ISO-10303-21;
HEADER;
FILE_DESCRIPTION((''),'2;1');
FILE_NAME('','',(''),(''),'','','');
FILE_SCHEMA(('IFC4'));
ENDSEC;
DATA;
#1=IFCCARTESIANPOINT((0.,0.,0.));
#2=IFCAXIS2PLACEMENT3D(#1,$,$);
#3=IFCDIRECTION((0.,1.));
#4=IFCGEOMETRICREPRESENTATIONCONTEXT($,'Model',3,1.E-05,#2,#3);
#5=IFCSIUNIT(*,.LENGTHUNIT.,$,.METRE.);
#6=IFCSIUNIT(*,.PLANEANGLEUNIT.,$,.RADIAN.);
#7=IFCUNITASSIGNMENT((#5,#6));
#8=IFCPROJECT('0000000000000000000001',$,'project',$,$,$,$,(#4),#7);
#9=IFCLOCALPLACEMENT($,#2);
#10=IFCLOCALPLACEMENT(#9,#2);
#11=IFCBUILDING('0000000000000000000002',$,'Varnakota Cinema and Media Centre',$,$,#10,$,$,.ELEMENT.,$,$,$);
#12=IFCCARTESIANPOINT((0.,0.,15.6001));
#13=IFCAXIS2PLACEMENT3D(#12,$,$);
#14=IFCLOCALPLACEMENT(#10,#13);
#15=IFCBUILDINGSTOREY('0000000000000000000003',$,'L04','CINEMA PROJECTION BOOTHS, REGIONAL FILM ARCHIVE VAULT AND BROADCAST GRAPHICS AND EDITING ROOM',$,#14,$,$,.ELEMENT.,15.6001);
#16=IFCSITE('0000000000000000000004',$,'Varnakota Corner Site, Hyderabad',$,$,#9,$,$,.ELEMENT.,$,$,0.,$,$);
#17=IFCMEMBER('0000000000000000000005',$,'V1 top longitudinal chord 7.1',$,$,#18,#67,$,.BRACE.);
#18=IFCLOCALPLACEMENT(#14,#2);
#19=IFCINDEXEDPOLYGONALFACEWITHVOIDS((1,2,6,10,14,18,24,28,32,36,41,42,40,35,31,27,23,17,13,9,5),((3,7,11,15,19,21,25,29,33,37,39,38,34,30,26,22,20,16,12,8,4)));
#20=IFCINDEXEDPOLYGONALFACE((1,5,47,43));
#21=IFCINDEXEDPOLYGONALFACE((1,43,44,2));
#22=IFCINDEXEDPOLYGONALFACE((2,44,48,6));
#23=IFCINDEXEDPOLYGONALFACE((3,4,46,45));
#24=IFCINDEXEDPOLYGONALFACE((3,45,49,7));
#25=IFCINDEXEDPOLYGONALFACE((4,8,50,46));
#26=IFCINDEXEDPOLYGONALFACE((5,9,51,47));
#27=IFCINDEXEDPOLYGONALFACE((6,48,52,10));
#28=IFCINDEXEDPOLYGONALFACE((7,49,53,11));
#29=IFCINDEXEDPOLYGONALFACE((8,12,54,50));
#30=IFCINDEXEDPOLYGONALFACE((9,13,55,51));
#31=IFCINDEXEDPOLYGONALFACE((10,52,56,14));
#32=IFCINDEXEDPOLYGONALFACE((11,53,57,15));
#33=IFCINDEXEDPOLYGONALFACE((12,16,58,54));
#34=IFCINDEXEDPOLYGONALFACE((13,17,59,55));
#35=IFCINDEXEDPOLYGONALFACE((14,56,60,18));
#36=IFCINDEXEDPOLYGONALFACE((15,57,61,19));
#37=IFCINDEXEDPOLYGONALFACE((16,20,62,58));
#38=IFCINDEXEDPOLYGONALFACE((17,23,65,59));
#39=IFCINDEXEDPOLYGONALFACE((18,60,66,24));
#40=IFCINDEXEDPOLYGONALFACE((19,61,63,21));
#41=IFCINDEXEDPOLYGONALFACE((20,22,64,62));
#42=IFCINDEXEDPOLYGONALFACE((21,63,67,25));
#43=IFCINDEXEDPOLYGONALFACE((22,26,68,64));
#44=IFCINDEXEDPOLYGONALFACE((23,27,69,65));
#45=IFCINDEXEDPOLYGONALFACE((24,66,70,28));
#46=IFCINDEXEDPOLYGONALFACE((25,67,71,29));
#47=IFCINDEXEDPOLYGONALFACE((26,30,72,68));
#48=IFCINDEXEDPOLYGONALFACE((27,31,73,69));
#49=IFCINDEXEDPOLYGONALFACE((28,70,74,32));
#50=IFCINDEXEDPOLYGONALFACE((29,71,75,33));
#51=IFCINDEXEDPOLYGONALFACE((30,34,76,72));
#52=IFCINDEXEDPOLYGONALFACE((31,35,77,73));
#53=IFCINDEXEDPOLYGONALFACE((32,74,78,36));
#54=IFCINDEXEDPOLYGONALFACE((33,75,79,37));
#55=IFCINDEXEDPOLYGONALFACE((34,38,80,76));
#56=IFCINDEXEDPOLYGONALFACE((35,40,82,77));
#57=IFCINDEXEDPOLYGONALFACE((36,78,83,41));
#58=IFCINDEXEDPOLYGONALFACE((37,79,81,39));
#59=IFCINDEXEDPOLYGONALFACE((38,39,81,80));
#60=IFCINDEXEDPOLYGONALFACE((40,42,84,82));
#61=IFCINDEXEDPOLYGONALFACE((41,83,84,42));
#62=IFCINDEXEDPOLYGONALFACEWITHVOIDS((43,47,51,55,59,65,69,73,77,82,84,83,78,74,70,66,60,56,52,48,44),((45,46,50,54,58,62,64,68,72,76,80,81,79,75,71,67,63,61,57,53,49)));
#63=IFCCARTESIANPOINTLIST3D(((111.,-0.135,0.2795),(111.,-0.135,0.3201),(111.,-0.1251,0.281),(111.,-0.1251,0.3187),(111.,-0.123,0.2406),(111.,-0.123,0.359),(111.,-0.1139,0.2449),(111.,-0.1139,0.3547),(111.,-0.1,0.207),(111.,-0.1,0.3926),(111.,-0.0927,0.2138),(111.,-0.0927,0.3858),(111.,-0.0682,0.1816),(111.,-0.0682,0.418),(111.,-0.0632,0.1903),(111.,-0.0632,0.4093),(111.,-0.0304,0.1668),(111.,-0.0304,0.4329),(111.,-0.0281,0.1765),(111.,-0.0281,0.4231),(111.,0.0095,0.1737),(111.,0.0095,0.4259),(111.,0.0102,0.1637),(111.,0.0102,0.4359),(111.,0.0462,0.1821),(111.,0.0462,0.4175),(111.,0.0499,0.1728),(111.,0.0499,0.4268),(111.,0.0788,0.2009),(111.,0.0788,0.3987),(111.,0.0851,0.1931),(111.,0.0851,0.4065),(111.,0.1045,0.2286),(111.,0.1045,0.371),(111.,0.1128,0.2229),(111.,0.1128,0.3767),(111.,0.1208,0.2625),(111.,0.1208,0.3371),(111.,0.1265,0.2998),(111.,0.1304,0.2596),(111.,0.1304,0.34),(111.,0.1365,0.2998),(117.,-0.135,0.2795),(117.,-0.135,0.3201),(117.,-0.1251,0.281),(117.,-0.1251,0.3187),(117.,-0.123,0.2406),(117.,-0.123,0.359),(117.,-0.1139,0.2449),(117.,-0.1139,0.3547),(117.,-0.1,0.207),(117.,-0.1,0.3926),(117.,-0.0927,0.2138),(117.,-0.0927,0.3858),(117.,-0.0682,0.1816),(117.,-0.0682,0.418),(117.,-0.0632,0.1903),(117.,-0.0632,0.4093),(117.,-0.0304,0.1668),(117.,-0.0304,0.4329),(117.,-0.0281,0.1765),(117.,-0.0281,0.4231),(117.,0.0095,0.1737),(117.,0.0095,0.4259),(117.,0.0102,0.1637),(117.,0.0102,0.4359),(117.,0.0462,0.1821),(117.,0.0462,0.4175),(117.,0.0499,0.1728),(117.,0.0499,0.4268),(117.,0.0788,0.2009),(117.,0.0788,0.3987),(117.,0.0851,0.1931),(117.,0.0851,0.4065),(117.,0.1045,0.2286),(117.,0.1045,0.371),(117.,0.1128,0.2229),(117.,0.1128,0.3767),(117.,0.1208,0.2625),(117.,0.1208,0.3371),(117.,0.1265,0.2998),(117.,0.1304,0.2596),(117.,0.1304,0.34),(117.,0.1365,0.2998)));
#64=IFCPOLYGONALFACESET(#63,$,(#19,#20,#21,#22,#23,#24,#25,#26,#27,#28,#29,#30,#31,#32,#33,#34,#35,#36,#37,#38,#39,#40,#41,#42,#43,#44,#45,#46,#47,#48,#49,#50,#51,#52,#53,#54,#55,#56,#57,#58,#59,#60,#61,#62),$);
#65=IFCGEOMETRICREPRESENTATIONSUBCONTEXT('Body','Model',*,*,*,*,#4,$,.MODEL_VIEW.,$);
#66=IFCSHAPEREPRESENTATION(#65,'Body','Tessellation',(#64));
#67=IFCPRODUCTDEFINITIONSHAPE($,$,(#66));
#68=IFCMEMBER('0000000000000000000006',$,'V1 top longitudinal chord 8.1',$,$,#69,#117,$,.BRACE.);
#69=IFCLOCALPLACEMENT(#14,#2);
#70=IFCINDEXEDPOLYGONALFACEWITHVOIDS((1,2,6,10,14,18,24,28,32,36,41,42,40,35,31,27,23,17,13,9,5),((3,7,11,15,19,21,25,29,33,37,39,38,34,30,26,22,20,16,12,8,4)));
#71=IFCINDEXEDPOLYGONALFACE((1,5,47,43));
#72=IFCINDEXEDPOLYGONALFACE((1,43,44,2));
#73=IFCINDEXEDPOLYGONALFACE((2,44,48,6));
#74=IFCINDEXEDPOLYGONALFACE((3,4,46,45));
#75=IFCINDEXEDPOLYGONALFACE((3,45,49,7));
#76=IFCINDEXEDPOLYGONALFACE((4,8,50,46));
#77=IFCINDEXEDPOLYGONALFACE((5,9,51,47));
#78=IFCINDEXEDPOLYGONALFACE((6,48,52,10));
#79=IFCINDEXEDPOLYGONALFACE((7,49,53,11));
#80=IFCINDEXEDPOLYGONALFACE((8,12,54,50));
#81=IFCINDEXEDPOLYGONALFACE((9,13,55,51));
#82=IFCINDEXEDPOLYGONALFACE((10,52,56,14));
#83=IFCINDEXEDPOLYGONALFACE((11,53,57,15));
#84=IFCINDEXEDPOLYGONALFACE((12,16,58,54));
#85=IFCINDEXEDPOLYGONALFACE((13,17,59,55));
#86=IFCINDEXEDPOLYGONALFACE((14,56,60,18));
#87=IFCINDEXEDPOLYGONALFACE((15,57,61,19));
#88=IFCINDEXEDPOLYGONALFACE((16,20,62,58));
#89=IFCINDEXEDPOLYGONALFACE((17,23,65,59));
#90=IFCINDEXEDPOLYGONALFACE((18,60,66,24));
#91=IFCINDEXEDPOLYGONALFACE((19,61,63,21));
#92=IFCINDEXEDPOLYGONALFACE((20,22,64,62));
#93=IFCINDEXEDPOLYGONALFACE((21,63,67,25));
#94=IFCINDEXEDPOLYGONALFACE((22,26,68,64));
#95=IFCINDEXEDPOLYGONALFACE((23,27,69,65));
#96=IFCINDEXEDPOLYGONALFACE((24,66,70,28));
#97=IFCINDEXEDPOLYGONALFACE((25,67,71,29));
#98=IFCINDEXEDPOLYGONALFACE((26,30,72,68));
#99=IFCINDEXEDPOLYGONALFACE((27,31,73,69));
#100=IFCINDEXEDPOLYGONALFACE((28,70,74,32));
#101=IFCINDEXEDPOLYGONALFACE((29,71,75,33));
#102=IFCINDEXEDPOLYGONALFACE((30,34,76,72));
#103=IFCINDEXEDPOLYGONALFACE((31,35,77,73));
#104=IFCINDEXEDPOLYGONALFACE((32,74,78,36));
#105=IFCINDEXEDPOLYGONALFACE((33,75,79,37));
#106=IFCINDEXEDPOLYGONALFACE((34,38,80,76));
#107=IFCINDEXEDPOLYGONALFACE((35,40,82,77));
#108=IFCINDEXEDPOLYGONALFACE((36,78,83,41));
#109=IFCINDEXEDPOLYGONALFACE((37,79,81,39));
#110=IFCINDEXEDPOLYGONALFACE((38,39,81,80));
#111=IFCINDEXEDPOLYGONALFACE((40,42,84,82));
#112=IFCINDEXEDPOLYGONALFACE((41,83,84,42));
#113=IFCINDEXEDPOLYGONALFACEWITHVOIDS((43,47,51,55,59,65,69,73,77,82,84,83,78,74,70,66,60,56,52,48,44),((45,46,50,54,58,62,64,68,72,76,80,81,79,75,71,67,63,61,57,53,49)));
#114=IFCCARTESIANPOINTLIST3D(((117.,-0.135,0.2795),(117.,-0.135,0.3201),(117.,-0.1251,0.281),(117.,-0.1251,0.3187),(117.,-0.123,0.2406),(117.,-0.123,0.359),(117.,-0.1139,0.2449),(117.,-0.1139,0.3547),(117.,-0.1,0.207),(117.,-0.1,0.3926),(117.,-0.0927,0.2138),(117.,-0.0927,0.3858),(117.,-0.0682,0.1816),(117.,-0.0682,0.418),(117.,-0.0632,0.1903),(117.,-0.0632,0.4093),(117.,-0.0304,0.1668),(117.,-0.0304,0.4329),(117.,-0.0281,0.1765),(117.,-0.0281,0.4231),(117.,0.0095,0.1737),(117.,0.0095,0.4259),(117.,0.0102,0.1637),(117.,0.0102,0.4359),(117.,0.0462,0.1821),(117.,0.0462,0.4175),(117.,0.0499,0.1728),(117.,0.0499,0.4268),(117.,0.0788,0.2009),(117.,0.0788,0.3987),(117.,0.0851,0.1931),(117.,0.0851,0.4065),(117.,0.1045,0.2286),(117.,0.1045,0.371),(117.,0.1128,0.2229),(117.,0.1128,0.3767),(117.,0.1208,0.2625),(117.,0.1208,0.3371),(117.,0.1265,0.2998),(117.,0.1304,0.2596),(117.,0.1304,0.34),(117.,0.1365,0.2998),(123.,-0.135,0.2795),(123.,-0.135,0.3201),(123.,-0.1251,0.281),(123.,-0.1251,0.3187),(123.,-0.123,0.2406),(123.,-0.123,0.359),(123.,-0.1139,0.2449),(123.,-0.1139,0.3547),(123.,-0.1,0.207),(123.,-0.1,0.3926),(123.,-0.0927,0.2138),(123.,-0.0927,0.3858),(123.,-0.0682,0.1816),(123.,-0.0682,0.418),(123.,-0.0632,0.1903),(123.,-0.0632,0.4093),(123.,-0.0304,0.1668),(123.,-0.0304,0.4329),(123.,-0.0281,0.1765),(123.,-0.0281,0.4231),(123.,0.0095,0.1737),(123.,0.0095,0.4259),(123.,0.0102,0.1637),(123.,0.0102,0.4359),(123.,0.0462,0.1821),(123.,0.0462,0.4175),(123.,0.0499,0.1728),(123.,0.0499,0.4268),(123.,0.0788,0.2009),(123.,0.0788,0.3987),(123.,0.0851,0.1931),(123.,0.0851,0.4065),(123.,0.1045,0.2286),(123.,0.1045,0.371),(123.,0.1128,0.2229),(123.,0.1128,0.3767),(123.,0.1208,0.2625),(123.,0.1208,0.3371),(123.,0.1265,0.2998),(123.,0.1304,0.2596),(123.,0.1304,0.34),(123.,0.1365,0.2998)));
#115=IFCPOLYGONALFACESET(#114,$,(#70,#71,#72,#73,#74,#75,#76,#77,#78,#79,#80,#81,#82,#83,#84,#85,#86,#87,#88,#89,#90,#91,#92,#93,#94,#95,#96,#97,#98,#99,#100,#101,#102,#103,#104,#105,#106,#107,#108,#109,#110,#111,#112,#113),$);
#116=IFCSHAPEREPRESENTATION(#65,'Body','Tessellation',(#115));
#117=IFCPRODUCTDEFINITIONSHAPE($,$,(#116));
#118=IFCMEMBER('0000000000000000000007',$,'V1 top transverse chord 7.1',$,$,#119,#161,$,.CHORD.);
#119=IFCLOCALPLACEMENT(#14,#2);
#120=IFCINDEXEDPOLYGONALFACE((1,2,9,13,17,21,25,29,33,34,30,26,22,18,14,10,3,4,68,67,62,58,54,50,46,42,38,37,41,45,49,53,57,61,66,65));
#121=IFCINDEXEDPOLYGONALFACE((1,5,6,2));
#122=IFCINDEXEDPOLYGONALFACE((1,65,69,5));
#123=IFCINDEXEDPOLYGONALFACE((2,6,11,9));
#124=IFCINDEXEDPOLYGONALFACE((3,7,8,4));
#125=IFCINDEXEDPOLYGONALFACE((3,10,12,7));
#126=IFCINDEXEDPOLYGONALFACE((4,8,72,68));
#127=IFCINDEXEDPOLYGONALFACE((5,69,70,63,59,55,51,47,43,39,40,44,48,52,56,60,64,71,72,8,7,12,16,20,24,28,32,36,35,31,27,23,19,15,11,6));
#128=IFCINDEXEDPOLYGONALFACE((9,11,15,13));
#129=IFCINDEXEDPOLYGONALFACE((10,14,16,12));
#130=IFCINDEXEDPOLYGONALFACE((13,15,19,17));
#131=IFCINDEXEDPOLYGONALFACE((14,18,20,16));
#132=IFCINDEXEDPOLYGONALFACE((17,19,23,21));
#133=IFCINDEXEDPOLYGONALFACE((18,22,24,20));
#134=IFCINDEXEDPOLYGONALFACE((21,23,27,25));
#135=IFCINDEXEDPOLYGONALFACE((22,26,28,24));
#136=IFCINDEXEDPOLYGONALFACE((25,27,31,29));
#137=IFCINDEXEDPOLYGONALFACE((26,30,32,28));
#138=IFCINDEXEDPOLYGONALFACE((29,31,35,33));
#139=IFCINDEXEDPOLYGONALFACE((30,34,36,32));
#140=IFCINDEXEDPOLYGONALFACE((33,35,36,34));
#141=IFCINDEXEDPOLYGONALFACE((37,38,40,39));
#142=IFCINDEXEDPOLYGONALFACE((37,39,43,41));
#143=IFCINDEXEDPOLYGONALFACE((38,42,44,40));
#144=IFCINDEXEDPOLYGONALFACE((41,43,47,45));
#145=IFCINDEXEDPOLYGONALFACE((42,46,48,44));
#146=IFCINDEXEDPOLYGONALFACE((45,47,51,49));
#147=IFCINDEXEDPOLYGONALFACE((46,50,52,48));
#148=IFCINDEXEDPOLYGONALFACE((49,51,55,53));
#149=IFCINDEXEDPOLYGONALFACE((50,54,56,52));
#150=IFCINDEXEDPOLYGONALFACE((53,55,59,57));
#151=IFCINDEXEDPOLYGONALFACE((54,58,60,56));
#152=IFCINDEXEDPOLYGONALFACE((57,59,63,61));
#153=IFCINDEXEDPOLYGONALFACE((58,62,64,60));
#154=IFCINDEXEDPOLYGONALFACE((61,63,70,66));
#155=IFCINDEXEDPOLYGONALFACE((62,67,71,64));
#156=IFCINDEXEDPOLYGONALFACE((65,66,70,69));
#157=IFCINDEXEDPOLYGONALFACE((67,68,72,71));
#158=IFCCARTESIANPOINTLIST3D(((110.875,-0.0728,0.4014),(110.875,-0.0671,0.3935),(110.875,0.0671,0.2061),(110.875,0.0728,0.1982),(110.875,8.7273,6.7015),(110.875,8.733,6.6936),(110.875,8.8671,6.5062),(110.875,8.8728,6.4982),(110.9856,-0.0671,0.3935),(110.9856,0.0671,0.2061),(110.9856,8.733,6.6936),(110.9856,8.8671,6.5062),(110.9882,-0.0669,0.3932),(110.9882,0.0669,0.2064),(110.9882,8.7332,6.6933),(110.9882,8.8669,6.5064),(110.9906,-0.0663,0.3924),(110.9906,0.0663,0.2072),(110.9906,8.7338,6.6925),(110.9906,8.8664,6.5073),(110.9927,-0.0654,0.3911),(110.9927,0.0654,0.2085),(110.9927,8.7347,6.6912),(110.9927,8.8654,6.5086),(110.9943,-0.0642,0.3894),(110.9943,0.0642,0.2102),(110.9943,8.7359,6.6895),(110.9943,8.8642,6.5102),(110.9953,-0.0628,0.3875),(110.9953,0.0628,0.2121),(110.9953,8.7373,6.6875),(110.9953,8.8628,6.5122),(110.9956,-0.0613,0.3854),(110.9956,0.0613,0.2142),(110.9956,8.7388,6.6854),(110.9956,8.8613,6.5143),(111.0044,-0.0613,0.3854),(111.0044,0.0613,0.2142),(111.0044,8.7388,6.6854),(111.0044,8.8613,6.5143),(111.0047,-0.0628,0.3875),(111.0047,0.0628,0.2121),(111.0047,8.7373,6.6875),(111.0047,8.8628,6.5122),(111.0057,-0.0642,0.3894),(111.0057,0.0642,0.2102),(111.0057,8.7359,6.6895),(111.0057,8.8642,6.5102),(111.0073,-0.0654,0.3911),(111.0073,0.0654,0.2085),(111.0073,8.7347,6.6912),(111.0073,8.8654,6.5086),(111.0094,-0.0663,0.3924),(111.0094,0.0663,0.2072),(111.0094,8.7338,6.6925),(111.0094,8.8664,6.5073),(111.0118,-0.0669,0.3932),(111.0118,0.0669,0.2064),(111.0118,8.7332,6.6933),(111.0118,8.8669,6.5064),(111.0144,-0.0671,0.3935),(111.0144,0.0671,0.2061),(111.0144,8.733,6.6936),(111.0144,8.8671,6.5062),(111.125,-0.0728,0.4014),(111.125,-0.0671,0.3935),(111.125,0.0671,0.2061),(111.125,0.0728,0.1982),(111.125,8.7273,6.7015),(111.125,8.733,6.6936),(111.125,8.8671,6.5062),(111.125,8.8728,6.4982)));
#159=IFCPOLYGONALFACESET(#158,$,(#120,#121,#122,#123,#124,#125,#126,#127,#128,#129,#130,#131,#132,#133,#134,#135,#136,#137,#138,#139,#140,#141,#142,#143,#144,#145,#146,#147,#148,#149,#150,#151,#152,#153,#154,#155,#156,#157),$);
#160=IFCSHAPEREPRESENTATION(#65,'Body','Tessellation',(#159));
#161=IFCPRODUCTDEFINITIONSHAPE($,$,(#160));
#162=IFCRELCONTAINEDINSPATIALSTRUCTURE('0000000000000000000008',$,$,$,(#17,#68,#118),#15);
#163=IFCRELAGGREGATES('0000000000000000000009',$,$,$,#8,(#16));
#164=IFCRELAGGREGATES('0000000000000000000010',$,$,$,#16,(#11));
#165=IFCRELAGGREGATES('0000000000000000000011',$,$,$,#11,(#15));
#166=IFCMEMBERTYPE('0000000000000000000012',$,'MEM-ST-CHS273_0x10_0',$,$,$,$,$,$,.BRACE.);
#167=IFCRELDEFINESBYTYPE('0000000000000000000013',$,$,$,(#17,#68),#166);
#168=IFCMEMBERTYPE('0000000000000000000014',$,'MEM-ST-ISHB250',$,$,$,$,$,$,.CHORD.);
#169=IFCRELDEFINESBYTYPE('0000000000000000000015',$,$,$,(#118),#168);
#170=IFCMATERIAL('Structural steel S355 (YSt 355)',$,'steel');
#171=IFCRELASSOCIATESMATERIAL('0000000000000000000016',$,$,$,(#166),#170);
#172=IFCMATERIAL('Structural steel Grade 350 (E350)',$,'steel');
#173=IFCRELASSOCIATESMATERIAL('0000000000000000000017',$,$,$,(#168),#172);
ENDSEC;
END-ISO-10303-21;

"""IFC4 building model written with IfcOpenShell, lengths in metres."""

from ifc_helpers import new_model, si_unit, direction, frame, origin, origin_2d, place, context, subcontext, project, spatial, hollow_circle, i_section, extrude, material, material_profile, profile_set, type_object, element, save


model = new_model("IFC4")

# Units and contexts
model_context = context("Model", 3, precision=1e-05, world=origin(), true_north=direction((0.0, 1.0)))
body_context = subcontext(model_context, "Body", "Model", "MODEL_VIEW")
ifc_project = project(units=[si_unit("LENGTHUNIT", "METRE"), si_unit("PLANEANGLEUNIT", "RADIAN")], contexts=[model_context])

# Site, building, storey
site_placement = place(None, origin())
site = spatial("IfcSite", under=ifc_project, at=site_placement, Name="Varnakota Corner Site, Hyderabad", CompositionType="ELEMENT", RefElevation=0.0)
building_placement = place(site_placement, origin())
building = spatial("IfcBuilding", under=site, at=building_placement, Name="Varnakota Cinema and Media Centre", CompositionType="ELEMENT")
storey_placement = place(building_placement, frame((0.0, 0.0, 15.6001)))
storey = spatial("IfcBuildingStorey", under=building, at=storey_placement, Name="L04", Description="CINEMA PROJECTION BOOTHS, REGIONAL FILM ARCHIVE VAULT AND BROADCAST GRAPHICS AND EDITING ROOM", CompositionType="ELEMENT", Elevation=15.6001)

# Members
ifc_material_1 = material(Name="Structural steel S355 (YSt 355)", Category="steel")
ifc_material_profile_1 = material_profile(ifc_material_1, hollow_circle(Radius=0.1365, WallThickness=0.01, at=origin_2d()), Name="CHS 273.0x10.0")
ifc_profile_set_1 = profile_set([ifc_material_profile_1], Name="Structural steel S355 (YSt 355)")
member_type_1 = type_object("IfcMemberType", Name="MEM-ST-CHS273_0x10_0", PredefinedType="BRACE", material=ifc_profile_set_1)
for number, where, z_axis, x_axis, name in (
    (1, (111.0, 0.0, 0.2998), (1.0, 0.0, 0.0), (0.0, 1.0, 0.0), "V1 top longitudinal chord 7.1"),
    (2, (117.0, 0.0, 0.2998), (1.0, 0.0, 0.0), (0.0, 1.0, 0.0), "V1 top longitudinal chord 8.1"),
):
    element("IfcMember", number, at=place(storey_placement, frame(where, z_axis=z_axis, x_axis=x_axis)), inside=storey, type_object=member_type_1, Name=name, PredefinedType="BRACE", context=body_context, shape_type="SweptSolid", body=[
        extrude(hollow_circle(Radius=0.1365, WallThickness=0.01, at=origin_2d()), origin(), (0.0, 0.0, 1.0), 6.0),
    ])
ifc_material_2 = material(Name="Structural steel Grade 350 (E350)", Category="steel")
ifc_material_profile_2 = material_profile(ifc_material_2, i_section(OverallWidth=0.25, OverallDepth=0.25, WebThickness=0.0088, FlangeThickness=0.0098, FilletRadius=0.01, at=origin_2d()), Name="ISHB 250")
ifc_profile_set_2 = profile_set([ifc_material_profile_2], Name="Structural steel Grade 350 (E350)")
member_type_2 = type_object("IfcMemberType", Name="MEM-ST-ISHB250", PredefinedType="CHORD", material=ifc_profile_set_2)
member_1_placement = place(storey_placement, frame((111.0, 0.0, 0.2998), z_axis=(0.0, 0.813108, 0.582113), x_axis=(-1.0, 0.0, 0.0)))
element("IfcMember", 3, at=member_1_placement, inside=storey, type_object=member_type_2, Name="V1 top transverse chord 7.1", PredefinedType="CHORD", context=body_context, shape_type="SweptSolid", body=[
    extrude(i_section(OverallWidth=0.25, OverallDepth=0.25, WebThickness=0.0088, FlangeThickness=0.0098, FilletRadius=0.01, at=origin_2d()), origin(), (0.0, 0.0, 1.0), 10.8228),
])

save(model, "model.ifc")
